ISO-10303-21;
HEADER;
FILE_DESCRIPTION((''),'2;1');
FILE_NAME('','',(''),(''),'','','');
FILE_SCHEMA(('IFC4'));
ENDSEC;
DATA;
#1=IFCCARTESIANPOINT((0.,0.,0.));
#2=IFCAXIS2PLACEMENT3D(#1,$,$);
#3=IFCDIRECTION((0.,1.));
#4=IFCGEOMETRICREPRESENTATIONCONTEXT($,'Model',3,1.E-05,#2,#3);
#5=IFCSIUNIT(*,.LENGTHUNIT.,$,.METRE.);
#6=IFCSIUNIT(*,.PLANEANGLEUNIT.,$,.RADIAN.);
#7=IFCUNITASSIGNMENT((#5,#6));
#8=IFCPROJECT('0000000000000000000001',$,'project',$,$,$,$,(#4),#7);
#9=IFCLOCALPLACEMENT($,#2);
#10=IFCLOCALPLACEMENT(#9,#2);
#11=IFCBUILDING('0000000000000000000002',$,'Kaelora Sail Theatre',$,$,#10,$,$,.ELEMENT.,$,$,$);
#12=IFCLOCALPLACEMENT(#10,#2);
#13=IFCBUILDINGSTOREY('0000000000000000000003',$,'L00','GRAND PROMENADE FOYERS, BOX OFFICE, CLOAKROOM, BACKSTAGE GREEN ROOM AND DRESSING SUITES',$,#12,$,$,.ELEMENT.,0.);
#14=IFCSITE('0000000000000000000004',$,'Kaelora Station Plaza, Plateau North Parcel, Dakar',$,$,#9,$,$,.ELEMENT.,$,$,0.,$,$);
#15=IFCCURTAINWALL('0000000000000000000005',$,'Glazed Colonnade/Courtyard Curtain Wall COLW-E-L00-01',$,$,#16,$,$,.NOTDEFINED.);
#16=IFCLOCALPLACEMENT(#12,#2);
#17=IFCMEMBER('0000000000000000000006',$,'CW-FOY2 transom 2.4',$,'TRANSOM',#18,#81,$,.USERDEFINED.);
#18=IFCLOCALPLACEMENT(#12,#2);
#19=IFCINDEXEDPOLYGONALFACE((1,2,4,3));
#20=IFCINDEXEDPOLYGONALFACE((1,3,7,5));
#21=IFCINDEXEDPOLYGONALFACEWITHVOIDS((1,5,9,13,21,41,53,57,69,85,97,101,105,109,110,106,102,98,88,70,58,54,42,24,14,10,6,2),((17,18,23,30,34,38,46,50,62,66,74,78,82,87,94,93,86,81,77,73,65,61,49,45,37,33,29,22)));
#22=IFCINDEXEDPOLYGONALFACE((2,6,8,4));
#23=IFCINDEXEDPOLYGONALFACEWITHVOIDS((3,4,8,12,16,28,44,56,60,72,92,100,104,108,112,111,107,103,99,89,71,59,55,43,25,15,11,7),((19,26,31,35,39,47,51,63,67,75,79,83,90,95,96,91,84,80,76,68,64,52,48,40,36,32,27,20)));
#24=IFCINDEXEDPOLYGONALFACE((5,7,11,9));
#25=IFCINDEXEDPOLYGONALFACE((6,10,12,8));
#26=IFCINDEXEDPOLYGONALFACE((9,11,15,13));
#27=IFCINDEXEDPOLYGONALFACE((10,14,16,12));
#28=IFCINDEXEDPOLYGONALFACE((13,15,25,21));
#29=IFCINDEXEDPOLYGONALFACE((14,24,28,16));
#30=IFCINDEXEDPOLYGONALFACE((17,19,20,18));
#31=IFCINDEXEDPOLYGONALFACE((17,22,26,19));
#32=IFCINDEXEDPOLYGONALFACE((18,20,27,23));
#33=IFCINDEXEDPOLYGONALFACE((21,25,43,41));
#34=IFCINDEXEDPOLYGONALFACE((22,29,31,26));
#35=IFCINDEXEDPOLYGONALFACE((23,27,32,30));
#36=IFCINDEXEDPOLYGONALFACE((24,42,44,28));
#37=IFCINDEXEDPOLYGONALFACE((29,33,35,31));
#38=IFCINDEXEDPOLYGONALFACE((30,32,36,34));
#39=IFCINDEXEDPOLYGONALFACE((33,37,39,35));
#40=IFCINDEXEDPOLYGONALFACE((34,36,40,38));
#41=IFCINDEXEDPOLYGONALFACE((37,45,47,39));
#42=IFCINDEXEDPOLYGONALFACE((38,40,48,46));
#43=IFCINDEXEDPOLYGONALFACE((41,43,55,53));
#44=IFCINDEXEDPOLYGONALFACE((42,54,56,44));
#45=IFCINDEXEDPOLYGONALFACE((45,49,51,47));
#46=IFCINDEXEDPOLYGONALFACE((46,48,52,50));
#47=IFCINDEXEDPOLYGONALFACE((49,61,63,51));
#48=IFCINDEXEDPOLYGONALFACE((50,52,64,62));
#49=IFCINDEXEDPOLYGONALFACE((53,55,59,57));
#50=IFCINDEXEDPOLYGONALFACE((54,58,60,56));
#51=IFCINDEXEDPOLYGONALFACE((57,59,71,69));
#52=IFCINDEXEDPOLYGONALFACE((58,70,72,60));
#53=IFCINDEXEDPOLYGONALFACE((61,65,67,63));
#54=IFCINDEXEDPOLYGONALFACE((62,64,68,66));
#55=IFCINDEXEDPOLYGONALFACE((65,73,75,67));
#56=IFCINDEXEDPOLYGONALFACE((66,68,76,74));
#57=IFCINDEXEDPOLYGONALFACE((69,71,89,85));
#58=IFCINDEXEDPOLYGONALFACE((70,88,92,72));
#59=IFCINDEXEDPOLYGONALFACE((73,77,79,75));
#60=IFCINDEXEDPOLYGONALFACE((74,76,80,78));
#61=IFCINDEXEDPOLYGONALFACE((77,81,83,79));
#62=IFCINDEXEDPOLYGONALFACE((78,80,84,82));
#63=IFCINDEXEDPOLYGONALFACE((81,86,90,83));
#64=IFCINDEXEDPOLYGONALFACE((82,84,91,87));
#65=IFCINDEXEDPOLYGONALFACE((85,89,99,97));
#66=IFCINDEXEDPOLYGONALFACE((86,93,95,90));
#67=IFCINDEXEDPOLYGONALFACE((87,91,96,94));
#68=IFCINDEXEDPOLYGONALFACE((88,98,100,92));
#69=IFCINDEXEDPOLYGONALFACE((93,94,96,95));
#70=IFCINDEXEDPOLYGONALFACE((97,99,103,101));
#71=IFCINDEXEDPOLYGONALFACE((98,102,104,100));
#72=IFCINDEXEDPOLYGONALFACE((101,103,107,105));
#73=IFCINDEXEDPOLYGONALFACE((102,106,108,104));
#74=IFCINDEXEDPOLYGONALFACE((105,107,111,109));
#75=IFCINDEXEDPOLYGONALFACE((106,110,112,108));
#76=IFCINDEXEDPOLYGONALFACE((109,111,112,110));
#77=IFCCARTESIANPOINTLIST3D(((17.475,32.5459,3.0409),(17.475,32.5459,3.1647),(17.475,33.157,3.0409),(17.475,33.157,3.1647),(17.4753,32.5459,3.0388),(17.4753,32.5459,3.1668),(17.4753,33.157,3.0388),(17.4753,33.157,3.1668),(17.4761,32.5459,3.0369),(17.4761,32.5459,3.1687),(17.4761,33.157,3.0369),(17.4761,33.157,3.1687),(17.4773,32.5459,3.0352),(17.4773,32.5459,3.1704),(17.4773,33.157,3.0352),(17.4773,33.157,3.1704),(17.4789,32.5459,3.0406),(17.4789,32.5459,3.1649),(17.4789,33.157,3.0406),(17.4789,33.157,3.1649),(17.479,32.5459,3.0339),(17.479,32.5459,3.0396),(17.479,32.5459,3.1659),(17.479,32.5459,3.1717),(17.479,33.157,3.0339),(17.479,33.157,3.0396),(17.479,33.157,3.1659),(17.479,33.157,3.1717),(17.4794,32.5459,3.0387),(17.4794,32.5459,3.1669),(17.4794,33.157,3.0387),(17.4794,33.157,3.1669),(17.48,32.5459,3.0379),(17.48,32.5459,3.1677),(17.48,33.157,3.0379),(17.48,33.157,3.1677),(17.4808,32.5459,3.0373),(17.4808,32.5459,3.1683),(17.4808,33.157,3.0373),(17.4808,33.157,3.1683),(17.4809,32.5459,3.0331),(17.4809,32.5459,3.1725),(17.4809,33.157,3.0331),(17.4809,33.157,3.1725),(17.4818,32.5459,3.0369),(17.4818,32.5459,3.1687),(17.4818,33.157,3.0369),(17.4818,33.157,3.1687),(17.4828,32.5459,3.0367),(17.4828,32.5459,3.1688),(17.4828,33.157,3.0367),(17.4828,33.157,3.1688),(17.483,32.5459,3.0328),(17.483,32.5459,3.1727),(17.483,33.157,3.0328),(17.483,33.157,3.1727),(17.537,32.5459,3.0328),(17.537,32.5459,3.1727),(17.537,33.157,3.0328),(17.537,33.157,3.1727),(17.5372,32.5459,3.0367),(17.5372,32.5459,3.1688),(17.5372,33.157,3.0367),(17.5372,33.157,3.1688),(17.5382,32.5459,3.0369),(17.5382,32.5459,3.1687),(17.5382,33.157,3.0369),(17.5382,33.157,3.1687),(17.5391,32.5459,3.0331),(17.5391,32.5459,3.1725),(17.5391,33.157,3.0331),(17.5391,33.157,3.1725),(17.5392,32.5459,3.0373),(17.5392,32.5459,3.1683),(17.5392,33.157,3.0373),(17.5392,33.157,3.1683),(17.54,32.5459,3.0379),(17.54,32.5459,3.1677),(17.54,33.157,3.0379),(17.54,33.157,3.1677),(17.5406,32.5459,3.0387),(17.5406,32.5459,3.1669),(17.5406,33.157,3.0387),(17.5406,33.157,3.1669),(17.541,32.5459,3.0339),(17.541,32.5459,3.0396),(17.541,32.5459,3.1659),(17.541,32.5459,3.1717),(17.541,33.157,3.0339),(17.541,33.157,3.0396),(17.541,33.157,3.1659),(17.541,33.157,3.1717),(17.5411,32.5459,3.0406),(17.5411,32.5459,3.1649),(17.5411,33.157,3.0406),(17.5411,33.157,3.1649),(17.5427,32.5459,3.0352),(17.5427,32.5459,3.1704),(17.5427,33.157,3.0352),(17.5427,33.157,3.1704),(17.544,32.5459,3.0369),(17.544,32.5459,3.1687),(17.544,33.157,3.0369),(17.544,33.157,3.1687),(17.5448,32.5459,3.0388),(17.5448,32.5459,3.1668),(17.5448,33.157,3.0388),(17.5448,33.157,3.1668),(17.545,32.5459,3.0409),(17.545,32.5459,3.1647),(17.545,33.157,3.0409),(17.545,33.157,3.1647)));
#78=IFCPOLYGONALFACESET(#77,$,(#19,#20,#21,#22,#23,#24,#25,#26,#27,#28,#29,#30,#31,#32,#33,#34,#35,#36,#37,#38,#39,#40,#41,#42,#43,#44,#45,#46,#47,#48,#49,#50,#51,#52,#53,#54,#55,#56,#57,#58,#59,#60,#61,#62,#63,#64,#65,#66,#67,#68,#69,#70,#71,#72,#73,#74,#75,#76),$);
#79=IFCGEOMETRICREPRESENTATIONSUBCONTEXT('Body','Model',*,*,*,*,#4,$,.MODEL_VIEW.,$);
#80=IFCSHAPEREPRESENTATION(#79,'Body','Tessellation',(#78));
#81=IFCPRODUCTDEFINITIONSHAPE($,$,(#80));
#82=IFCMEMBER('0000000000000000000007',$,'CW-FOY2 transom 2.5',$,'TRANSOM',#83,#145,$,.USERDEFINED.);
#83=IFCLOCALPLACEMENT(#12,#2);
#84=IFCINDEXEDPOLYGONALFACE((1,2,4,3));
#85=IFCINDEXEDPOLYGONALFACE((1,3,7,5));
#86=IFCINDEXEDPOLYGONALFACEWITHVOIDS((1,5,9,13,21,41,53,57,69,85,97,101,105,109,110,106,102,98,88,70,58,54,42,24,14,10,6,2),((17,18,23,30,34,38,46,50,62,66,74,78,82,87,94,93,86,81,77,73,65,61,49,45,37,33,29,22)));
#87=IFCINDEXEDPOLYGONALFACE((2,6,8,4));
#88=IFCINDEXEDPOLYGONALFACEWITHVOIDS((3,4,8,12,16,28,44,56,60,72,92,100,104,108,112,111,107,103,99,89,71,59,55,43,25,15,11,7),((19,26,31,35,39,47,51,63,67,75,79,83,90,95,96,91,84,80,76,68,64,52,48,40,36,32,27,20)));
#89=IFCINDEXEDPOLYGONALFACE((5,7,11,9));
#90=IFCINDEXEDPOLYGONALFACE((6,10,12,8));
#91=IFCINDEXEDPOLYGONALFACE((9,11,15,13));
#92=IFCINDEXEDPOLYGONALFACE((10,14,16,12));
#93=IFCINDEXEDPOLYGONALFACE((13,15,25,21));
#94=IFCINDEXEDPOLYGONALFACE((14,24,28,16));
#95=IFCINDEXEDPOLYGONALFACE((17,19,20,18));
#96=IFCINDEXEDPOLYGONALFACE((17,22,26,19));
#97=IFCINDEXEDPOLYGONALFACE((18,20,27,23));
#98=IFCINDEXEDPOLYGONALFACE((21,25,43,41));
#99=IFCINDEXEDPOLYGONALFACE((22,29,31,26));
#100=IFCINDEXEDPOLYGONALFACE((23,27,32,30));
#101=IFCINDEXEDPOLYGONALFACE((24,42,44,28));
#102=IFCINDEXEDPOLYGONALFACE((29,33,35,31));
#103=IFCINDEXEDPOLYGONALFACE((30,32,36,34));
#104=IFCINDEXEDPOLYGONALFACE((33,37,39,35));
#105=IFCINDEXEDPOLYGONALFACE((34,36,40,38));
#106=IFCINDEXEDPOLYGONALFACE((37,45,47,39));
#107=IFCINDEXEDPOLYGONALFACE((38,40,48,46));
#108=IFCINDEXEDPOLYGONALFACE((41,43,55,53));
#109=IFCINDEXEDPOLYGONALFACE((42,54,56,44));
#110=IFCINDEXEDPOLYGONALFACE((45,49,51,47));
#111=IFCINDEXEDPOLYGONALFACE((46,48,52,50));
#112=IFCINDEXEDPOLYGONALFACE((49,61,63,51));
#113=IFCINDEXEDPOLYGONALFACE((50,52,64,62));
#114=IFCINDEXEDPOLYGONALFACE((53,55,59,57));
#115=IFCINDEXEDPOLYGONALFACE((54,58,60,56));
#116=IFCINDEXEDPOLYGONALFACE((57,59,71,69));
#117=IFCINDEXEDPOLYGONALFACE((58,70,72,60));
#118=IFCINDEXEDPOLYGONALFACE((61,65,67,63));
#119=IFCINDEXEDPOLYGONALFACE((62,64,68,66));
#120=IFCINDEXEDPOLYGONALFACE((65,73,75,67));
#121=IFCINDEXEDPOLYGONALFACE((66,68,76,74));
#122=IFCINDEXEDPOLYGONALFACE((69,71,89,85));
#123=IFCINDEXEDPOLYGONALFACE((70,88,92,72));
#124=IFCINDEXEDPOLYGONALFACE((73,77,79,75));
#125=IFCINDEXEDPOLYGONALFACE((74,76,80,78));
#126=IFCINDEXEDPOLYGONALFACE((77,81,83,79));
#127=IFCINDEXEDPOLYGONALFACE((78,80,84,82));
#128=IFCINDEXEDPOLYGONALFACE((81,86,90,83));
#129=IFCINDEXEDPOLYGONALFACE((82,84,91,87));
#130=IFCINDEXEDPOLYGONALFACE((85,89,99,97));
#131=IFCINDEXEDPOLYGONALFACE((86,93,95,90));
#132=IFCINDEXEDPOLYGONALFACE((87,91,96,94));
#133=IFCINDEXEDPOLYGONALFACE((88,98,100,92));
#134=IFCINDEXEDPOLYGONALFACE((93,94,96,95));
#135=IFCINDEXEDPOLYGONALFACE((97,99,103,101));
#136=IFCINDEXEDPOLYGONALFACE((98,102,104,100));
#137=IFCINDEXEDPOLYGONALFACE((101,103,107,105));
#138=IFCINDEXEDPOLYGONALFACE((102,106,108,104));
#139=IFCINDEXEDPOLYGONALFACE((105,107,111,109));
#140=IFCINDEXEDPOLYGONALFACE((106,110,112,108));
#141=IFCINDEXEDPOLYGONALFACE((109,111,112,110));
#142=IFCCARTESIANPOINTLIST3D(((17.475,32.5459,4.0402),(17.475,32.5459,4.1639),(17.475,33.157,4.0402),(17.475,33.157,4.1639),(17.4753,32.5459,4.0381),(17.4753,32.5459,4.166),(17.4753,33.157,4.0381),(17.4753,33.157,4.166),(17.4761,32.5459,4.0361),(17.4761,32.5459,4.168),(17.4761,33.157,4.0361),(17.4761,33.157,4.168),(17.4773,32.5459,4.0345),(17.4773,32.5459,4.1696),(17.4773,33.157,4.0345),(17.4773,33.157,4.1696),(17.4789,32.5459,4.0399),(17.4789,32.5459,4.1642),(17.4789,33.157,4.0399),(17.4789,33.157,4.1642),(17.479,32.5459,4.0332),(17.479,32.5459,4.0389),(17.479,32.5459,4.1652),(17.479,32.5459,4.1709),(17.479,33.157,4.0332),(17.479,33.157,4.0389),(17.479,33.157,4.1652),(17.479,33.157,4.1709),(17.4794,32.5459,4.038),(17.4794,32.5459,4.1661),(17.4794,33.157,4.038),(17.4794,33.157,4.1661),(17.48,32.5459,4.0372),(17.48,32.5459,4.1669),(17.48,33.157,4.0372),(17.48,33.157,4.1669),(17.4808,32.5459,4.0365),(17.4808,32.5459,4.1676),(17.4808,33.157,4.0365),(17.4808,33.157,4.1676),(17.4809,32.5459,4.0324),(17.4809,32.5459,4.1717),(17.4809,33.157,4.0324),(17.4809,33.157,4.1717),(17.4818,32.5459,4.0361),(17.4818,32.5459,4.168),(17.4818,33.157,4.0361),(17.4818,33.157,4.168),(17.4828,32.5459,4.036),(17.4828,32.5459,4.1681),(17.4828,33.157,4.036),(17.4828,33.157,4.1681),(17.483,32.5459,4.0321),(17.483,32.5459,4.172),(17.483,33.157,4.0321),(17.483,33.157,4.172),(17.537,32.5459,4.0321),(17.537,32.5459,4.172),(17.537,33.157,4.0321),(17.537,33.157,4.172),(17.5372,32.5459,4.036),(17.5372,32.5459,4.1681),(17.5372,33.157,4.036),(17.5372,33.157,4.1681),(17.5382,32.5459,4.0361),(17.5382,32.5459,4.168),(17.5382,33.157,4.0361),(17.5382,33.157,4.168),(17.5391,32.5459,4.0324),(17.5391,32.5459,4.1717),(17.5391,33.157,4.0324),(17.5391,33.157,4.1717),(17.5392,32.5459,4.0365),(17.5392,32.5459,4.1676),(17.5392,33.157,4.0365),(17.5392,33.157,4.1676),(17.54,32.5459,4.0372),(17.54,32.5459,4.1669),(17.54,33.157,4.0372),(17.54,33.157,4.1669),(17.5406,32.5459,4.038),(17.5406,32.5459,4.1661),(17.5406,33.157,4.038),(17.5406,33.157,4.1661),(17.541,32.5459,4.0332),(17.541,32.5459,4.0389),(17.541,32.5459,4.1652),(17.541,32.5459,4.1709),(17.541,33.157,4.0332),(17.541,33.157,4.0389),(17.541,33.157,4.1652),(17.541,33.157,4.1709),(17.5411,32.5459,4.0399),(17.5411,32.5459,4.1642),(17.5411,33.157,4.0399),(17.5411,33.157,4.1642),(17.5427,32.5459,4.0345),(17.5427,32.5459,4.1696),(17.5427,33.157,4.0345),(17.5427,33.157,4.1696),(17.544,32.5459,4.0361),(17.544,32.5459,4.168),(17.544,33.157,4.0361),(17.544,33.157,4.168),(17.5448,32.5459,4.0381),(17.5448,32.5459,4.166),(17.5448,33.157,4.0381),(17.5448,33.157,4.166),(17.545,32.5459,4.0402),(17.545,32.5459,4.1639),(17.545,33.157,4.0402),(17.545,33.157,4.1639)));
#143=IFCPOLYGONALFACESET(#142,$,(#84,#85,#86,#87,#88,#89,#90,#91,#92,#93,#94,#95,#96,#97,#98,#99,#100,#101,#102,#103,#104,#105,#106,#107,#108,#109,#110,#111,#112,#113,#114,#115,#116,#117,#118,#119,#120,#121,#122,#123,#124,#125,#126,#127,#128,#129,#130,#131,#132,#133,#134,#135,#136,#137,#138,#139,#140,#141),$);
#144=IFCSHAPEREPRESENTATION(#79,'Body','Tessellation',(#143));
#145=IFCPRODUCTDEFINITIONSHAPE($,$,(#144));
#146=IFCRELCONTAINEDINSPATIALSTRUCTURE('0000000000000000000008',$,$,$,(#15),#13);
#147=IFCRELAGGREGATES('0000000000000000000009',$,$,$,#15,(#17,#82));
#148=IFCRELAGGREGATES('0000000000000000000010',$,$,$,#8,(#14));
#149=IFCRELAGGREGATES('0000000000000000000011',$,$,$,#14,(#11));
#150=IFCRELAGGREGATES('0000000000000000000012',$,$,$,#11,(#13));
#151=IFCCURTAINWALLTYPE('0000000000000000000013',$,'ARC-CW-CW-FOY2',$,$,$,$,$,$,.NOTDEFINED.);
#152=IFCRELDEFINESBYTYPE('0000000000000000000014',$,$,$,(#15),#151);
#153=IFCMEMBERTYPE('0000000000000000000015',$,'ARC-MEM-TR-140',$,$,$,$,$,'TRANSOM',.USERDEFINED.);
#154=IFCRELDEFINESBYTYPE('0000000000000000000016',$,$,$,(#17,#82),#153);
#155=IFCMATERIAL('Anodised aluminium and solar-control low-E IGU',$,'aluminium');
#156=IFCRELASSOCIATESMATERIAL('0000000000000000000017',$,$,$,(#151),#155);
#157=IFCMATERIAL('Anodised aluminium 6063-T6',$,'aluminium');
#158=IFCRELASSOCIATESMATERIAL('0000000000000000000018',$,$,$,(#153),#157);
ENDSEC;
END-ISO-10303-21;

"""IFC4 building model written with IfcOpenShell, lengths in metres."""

from ifc_helpers import new_model, si_unit, direction, frame, origin, origin_2d, place, context, subcontext, project, spatial, hollow_rectangle, extrude, material, material_profile, profile_set, type_object, element, aggregate, save


model = new_model("IFC4")

# Units and contexts
model_context = context("Model", 3, precision=1e-05, world=origin(), true_north=direction((0.0, 1.0)))
body_context = subcontext(model_context, "Body", "Model", "MODEL_VIEW")
ifc_project = project(units=[si_unit("LENGTHUNIT", "METRE"), si_unit("PLANEANGLEUNIT", "RADIAN")], contexts=[model_context])

# Site, building, storey
site_placement = place(None, origin())
site = spatial("IfcSite", under=ifc_project, at=site_placement, Name="Kaelora Station Plaza, Plateau North Parcel, Dakar", CompositionType="ELEMENT", RefElevation=0.0)
building_placement = place(site_placement, origin())
building = spatial("IfcBuilding", under=site, at=building_placement, Name="Kaelora Sail Theatre", CompositionType="ELEMENT")
storey_placement = place(building_placement, origin())
storey = spatial("IfcBuildingStorey", under=building, at=storey_placement, Name="L00", Description="GRAND PROMENADE FOYERS, BOX OFFICE, CLOAKROOM, BACKSTAGE GREEN ROOM AND DRESSING SUITES", CompositionType="ELEMENT", Elevation=0.0)

# Curtain wall, members
ifc_material_1 = material(Name="Anodised aluminium and solar-control low-E IGU", Category="aluminium")
curtain_wall_type = type_object("IfcCurtainWallType", Name="ARC-CW-CW-FOY2", PredefinedType="NOTDEFINED", material=ifc_material_1)
curtain_wall_placement = place(storey_placement, origin())
curtain_wall = element("IfcCurtainWall", 1, at=curtain_wall_placement, inside=storey, type_object=curtain_wall_type, Name="Glazed Colonnade/Courtyard Curtain Wall COLW-E-L00-01", PredefinedType="NOTDEFINED")
ifc_material_2 = material(Name="Anodised aluminium 6063-T6", Category="aluminium")
ifc_material_profile = material_profile(ifc_material_2, hollow_rectangle(XDim=0.0701, YDim=0.1399, WallThickness=0.0039, InnerFilletRadius=0.0039, OuterFilletRadius=0.0081, at=origin_2d()), Name="ALU-TRAN 70x140x4")
ifc_profile_set = profile_set([ifc_material_profile], Name="Anodised aluminium 6063-T6")
member_type = type_object("IfcMemberType", Name="ARC-MEM-TR-140", ElementType="TRANSOM", PredefinedType="USERDEFINED", material=ifc_profile_set)
member_1_placement = place(storey_placement, frame((17.51, 32.5459, 3.1028), z_axis=(0.0, 1.0, 0.0), x_axis=(-1.0, 0.0, 0.0)))
member_1 = element("IfcMember", 2, at=member_1_placement, type_object=member_type, Name="CW-FOY2 transom 2.4", ObjectType="TRANSOM", PredefinedType="USERDEFINED", context=body_context, shape_type="SweptSolid", body=[
    extrude(hollow_rectangle(XDim=0.0701, YDim=0.1399, WallThickness=0.0039, InnerFilletRadius=0.0039, OuterFilletRadius=0.0081, at=origin_2d()), origin(), (0.0, 0.0, 1.0), 0.6111),
])
member_2_placement = place(storey_placement, frame((17.51, 32.5459, 4.1021), z_axis=(0.0, 1.0, 0.0), x_axis=(-1.0, 0.0, 0.0)))
member_2 = element("IfcMember", 3, at=member_2_placement, type_object=member_type, Name="CW-FOY2 transom 2.5", ObjectType="TRANSOM", PredefinedType="USERDEFINED", context=body_context, shape_type="SweptSolid", body=[
    extrude(hollow_rectangle(XDim=0.0701, YDim=0.1399, WallThickness=0.0039, InnerFilletRadius=0.0039, OuterFilletRadius=0.0081, at=origin_2d()), origin(), (0.0, 0.0, 1.0), 0.6111),
])
aggregate(curtain_wall, [member_1, member_2])

save(model, "model.ifc")
